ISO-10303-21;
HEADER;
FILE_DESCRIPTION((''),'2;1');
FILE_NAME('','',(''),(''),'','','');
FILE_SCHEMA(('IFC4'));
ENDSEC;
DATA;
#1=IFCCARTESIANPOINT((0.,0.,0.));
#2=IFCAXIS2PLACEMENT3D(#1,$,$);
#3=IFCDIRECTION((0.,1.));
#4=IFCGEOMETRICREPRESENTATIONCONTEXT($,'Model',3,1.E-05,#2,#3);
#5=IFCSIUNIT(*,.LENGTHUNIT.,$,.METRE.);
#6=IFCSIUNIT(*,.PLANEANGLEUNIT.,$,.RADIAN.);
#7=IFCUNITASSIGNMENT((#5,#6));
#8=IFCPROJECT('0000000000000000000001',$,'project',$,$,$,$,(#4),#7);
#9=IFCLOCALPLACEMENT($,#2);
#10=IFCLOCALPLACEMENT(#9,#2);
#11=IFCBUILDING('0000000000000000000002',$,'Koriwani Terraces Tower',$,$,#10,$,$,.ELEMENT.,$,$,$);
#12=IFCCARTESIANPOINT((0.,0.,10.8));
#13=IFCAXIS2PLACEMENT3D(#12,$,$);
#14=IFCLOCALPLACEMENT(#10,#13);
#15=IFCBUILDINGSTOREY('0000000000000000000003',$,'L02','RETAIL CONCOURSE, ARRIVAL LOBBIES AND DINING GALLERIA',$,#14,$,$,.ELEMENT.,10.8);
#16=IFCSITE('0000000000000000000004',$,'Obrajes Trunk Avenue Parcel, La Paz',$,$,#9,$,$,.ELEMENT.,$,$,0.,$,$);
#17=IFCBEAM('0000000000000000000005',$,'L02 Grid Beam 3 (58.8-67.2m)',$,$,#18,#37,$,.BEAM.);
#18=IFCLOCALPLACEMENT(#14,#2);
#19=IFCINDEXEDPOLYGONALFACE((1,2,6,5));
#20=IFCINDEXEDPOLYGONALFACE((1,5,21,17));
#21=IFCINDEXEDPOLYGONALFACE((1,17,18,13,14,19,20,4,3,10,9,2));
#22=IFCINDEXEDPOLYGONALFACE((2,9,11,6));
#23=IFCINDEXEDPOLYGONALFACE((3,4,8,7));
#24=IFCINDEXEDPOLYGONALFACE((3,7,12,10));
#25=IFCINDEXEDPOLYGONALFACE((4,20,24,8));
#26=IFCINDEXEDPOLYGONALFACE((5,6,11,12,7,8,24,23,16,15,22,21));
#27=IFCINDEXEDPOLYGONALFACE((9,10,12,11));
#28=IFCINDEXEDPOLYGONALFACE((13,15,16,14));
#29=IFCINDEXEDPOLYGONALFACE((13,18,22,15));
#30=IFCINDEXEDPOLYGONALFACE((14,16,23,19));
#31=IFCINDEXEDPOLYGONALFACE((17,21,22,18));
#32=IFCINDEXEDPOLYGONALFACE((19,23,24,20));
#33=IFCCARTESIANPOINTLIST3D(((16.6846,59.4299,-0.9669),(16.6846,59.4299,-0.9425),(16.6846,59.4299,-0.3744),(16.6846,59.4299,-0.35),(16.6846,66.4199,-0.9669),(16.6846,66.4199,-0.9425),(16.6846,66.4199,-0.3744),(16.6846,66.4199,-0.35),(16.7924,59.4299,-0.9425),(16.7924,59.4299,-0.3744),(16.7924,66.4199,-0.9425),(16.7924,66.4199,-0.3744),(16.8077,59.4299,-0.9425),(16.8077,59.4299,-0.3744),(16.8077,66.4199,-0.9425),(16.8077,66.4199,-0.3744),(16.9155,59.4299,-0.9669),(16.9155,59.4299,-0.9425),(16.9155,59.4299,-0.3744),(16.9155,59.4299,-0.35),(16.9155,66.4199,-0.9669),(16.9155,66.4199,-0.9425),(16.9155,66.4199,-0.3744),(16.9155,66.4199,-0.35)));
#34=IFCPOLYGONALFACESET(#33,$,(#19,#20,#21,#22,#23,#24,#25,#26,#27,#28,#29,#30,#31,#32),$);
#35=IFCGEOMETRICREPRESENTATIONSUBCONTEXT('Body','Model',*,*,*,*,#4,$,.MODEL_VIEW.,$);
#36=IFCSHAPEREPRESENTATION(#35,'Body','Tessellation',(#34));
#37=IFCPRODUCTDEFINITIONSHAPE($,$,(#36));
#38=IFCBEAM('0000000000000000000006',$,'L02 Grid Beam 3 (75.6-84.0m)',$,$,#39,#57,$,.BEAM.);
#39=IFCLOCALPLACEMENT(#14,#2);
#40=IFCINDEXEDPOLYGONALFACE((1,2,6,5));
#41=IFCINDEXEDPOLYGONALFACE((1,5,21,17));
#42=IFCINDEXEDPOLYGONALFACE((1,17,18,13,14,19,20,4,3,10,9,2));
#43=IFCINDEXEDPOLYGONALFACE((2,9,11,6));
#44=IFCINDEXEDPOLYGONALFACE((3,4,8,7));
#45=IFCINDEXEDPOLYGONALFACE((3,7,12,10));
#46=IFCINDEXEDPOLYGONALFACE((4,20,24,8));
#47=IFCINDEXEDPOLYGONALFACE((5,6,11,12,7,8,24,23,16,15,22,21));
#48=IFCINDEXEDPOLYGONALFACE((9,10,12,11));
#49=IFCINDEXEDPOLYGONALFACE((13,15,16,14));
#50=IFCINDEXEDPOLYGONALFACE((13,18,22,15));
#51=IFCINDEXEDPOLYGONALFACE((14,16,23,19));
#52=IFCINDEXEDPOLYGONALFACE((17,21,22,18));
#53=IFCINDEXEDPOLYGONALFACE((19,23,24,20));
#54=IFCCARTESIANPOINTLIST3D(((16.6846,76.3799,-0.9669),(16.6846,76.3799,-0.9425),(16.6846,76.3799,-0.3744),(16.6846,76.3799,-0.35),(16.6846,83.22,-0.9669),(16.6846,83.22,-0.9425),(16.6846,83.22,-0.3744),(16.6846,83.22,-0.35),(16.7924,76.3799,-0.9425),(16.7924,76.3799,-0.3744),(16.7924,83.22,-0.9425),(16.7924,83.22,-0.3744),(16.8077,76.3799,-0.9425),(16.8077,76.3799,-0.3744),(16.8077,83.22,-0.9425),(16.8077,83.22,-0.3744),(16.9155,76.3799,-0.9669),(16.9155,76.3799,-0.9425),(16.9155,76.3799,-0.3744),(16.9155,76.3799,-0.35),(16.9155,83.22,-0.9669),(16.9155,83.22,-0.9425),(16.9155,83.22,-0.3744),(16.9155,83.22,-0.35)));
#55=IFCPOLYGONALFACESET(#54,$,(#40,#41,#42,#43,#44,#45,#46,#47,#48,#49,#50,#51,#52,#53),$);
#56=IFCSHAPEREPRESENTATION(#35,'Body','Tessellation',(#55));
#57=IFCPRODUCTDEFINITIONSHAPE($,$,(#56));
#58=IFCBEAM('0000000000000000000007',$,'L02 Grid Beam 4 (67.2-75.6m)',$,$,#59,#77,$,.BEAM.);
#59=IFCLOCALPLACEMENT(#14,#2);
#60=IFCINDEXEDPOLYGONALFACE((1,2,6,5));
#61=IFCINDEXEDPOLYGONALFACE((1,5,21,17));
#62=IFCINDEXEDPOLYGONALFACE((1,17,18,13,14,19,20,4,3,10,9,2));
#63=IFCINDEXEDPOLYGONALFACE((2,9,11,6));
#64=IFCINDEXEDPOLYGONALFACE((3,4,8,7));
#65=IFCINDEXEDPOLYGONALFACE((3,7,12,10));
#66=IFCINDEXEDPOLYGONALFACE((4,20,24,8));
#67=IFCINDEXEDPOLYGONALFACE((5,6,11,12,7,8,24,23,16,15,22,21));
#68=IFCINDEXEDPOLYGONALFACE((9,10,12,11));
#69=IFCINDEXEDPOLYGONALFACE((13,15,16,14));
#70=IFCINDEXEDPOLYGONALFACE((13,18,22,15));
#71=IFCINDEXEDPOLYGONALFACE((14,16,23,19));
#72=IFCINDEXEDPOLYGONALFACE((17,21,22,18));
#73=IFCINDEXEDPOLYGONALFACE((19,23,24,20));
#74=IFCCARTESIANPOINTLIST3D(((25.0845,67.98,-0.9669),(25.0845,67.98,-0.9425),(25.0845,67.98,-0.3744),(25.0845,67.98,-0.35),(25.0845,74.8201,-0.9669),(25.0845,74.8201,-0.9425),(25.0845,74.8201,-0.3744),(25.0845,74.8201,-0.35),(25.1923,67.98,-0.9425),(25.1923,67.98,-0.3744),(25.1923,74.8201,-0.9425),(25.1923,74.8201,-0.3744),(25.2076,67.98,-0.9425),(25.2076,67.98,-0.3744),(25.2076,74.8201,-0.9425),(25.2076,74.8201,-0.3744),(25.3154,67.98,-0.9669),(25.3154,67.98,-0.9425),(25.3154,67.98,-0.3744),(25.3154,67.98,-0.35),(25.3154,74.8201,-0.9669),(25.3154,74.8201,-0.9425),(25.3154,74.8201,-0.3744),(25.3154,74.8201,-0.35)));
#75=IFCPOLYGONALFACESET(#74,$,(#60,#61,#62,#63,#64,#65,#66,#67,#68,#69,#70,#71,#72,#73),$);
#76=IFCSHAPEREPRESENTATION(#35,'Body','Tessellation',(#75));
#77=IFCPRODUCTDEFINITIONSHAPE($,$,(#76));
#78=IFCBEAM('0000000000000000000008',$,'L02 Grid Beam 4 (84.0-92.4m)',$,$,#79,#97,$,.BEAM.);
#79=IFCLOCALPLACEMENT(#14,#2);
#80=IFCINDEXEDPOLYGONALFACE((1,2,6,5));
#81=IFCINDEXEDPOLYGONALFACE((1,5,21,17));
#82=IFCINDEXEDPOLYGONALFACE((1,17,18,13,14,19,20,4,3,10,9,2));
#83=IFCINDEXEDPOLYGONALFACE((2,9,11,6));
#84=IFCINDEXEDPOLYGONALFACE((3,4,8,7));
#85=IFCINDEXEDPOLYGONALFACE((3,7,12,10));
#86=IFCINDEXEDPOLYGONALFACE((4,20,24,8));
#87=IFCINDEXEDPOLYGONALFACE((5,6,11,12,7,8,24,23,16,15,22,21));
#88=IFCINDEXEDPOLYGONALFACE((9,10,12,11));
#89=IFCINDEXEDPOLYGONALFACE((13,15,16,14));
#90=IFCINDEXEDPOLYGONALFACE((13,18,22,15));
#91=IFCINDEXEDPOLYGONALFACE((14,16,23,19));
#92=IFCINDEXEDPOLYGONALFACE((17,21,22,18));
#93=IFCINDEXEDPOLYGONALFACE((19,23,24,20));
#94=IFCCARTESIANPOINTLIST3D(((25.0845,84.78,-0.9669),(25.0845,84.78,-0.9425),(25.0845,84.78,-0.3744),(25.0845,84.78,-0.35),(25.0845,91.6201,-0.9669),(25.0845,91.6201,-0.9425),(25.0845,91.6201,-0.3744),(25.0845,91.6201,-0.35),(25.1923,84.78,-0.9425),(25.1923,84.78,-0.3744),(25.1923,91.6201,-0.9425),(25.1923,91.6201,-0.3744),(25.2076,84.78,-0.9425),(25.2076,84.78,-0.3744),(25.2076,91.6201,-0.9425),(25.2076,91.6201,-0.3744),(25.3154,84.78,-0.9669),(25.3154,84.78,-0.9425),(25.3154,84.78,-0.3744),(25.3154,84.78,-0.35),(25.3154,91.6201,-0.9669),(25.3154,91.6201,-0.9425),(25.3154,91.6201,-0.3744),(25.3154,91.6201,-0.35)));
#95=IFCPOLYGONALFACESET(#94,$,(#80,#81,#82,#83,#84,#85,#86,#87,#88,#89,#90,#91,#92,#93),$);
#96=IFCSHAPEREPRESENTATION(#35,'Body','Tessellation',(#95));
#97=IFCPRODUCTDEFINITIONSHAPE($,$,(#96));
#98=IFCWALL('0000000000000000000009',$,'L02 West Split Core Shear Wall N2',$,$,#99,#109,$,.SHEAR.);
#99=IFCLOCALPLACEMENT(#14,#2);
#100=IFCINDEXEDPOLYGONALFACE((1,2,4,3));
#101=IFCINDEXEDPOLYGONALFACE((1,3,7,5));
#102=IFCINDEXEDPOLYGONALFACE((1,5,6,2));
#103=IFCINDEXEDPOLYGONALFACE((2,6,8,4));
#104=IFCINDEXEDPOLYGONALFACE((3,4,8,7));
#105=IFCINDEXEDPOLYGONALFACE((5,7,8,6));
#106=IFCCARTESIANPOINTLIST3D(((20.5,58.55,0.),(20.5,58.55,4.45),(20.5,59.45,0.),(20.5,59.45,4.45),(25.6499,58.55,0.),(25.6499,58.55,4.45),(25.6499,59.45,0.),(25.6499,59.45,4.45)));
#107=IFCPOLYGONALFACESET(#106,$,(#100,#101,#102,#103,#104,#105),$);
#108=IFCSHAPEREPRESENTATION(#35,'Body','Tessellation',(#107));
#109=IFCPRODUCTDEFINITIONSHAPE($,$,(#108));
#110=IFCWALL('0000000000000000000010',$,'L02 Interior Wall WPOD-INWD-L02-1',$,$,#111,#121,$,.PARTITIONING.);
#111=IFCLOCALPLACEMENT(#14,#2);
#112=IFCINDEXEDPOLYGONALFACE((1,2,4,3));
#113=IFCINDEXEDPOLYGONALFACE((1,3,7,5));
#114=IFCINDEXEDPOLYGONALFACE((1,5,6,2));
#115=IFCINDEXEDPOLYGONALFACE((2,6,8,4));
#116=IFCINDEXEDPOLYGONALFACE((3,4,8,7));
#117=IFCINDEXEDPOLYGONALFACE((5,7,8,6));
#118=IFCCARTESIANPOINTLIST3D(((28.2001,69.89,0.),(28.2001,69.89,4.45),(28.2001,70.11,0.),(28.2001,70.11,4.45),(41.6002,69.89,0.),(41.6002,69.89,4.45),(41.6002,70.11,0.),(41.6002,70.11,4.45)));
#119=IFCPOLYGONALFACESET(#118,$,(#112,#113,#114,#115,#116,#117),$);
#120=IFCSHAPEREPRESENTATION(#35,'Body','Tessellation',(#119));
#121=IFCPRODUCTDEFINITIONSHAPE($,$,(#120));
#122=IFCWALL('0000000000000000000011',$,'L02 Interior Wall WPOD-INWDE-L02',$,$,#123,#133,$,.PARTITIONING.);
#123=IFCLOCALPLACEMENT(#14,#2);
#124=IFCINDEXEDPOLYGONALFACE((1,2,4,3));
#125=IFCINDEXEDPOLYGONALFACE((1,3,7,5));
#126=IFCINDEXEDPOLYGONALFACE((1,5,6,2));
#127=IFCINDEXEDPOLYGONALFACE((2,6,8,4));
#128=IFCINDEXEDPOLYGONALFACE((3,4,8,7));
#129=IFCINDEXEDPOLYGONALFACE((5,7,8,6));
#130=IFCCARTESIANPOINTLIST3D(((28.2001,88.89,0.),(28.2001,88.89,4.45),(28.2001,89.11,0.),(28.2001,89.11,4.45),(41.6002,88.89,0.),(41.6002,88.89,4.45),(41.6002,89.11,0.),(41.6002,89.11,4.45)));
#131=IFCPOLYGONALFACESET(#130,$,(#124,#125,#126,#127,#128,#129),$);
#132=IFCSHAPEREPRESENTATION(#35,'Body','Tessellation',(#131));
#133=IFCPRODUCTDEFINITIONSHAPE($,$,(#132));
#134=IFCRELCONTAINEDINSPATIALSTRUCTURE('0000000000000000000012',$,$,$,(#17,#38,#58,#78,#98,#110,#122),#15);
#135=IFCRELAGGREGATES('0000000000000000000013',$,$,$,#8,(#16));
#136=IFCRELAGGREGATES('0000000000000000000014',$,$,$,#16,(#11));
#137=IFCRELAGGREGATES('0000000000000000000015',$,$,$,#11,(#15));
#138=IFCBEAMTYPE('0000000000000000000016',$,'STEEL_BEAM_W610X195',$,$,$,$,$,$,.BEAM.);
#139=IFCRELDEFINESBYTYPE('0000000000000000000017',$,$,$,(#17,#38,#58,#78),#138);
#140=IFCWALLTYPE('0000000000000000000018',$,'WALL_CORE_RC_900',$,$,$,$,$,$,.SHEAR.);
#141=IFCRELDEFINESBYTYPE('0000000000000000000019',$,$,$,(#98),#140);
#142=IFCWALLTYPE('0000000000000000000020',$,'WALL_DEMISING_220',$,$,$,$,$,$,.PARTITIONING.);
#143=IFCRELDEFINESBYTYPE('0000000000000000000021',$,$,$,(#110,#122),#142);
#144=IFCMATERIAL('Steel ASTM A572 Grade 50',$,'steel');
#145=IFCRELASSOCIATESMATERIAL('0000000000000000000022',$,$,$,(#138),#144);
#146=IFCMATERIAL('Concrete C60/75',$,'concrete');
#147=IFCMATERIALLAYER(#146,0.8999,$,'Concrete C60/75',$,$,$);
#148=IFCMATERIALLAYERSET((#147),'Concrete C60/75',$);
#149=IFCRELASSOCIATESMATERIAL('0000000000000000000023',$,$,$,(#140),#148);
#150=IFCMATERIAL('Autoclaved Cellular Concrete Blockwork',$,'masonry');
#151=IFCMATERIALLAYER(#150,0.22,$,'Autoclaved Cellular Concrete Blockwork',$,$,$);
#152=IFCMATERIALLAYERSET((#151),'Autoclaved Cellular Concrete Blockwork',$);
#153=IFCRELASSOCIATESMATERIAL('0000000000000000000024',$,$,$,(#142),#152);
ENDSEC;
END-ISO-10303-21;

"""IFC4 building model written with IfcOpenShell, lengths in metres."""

from ifc_helpers import new_model, si_unit, direction, frame, frame_2d, origin, origin_2d, place, context, subcontext, project, spatial, rectangle, i_section, extrude, material, layer, layer_set, material_profile, profile_set, type_object, element, save


model = new_model("IFC4")

# Units and contexts
model_context = context("Model", 3, precision=1e-05, world=origin(), true_north=direction((0.0, 1.0)))
body_context = subcontext(model_context, "Body", "Model", "MODEL_VIEW")
ifc_project = project(units=[si_unit("LENGTHUNIT", "METRE"), si_unit("PLANEANGLEUNIT", "RADIAN")], contexts=[model_context])

# Site, building, storey
site_placement = place(None, origin())
site = spatial("IfcSite", under=ifc_project, at=site_placement, Name="Obrajes Trunk Avenue Parcel, La Paz", CompositionType="ELEMENT", RefElevation=0.0)
building_placement = place(site_placement, origin())
building = spatial("IfcBuilding", under=site, at=building_placement, Name="Koriwani Terraces Tower", CompositionType="ELEMENT")
storey_placement = place(building_placement, frame((0.0, 0.0, 10.8)))
storey = spatial("IfcBuildingStorey", under=building, at=storey_placement, Name="L02", Description="RETAIL CONCOURSE, ARRIVAL LOBBIES AND DINING GALLERIA", CompositionType="ELEMENT", Elevation=10.8)

# Shared definitions
ifc_material_1 = material(Name="Concrete C60/75", Category="concrete")

# Beams
ifc_material_2 = material(Name="Steel ASTM A572 Grade 50", Category="steel")
ifc_material_profile_1 = material_profile(ifc_material_2, i_section(OverallWidth=0.231, OverallDepth=0.6169, WebThickness=0.0154, FlangeThickness=0.0244, at=origin_2d()), Name="Steel ASTM A572 Grade 50", Category="LoadBearing")
ifc_profile_set_1 = profile_set([ifc_material_profile_1], Name="Steel ASTM A572 Grade 50")
beam_type_1 = type_object("IfcBeamType", Name="STEEL_BEAM_W610X195", PredefinedType="BEAM", material=ifc_profile_set_1)
beam_1_placement = place(storey_placement, frame((16.8, 59.4299, -0.6584), z_axis=(0.0, 1.0, 0.0), x_axis=(-1.0, 0.0, 0.0)))
element("IfcBeam", 1, at=beam_1_placement, inside=storey, type_object=beam_type_1, Name="L02 Grid Beam 3 (58.8-67.2m)", PredefinedType="BEAM", context=body_context, shape_type="SweptSolid", body=[
    extrude(i_section(OverallWidth=0.231, OverallDepth=0.6169, WebThickness=0.0154, FlangeThickness=0.0244, at=origin_2d()), origin(), (0.0, 0.0, 1.0), 6.99),
])
for number, where, z_axis, x_axis, name in (
    (2, (16.8, 76.3799, -0.6584), (0.0, 1.0, 0.0), (-1.0, 0.0, 0.0), "L02 Grid Beam 3 (75.6-84.0m)"),
    (3, (25.2, 67.98, -0.6584), (0.0, 1.0, 0.0), (-1.0, 0.0, 0.0), "L02 Grid Beam 4 (67.2-75.6m)"),
    (4, (25.2, 84.78, -0.6584), (0.0, 1.0, 0.0), (-1.0, 0.0, 0.0), "L02 Grid Beam 4 (84.0-92.4m)"),
):
    element("IfcBeam", number, at=place(storey_placement, frame(where, z_axis=z_axis, x_axis=x_axis)), inside=storey, type_object=beam_type_1, Name=name, PredefinedType="BEAM", context=body_context, shape_type="SweptSolid", body=[
        extrude(i_section(OverallWidth=0.231, OverallDepth=0.6169, WebThickness=0.0154, FlangeThickness=0.0244, at=origin_2d()), origin(), (0.0, 0.0, 1.0), 6.8401),
    ])

# Walls
ifc_layer_1 = layer(ifc_material_1, 0.8999, Name="Concrete C60/75")
ifc_layer_set_1 = layer_set([ifc_layer_1], Name="Concrete C60/75")
wall_type_1 = type_object("IfcWallType", Name="WALL_CORE_RC_900", PredefinedType="SHEAR", material=ifc_layer_set_1)
wall_placement = place(storey_placement, frame((20.5, 59.0, 0.0), z_axis=(0.0, 0.0, 1.0), x_axis=(1.0, 0.0, 0.0)))
element("IfcWall", 5, at=wall_placement, inside=storey, type_object=wall_type_1, Name="L02 West Split Core Shear Wall N2", PredefinedType="SHEAR", context=body_context, shape_type="SweptSolid", body=[
    extrude(rectangle(XDim=5.1499, YDim=0.8999, at=frame_2d((2.575, 0.0))), origin(), (0.0, 0.0, 1.0), 4.45),
])
ifc_material_3 = material(Name="Autoclaved Cellular Concrete Blockwork", Category="masonry")
ifc_layer_2 = layer(ifc_material_3, 0.22, Name="Autoclaved Cellular Concrete Blockwork")
ifc_layer_set_2 = layer_set([ifc_layer_2], Name="Autoclaved Cellular Concrete Blockwork")
wall_type_2 = type_object("IfcWallType", Name="WALL_DEMISING_220", PredefinedType="PARTITIONING", material=ifc_layer_set_2)
for number, where, z_axis, x_axis, name in (
    (6, (28.2, 70.0, 0.0), (0.0, 0.0, 1.0), (1.0, 0.0, 0.0), "L02 Interior Wall WPOD-INWD-L02-1"),
    (7, (28.2, 89.0, 0.0), (0.0, 0.0, 1.0), (1.0, 0.0, 0.0), "L02 Interior Wall WPOD-INWDE-L02"),
):
    element("IfcWall", number, at=place(storey_placement, frame(where, z_axis=z_axis, x_axis=x_axis)), inside=storey, type_object=wall_type_2, Name=name, PredefinedType="PARTITIONING", context=body_context, shape_type="SweptSolid", body=[
        extrude(rectangle(XDim=13.4001, YDim=0.22, at=frame_2d((6.7002, 0.0))), origin(), (0.0, 0.0, 1.0), 4.45),
    ])

save(model, "model.ifc")
